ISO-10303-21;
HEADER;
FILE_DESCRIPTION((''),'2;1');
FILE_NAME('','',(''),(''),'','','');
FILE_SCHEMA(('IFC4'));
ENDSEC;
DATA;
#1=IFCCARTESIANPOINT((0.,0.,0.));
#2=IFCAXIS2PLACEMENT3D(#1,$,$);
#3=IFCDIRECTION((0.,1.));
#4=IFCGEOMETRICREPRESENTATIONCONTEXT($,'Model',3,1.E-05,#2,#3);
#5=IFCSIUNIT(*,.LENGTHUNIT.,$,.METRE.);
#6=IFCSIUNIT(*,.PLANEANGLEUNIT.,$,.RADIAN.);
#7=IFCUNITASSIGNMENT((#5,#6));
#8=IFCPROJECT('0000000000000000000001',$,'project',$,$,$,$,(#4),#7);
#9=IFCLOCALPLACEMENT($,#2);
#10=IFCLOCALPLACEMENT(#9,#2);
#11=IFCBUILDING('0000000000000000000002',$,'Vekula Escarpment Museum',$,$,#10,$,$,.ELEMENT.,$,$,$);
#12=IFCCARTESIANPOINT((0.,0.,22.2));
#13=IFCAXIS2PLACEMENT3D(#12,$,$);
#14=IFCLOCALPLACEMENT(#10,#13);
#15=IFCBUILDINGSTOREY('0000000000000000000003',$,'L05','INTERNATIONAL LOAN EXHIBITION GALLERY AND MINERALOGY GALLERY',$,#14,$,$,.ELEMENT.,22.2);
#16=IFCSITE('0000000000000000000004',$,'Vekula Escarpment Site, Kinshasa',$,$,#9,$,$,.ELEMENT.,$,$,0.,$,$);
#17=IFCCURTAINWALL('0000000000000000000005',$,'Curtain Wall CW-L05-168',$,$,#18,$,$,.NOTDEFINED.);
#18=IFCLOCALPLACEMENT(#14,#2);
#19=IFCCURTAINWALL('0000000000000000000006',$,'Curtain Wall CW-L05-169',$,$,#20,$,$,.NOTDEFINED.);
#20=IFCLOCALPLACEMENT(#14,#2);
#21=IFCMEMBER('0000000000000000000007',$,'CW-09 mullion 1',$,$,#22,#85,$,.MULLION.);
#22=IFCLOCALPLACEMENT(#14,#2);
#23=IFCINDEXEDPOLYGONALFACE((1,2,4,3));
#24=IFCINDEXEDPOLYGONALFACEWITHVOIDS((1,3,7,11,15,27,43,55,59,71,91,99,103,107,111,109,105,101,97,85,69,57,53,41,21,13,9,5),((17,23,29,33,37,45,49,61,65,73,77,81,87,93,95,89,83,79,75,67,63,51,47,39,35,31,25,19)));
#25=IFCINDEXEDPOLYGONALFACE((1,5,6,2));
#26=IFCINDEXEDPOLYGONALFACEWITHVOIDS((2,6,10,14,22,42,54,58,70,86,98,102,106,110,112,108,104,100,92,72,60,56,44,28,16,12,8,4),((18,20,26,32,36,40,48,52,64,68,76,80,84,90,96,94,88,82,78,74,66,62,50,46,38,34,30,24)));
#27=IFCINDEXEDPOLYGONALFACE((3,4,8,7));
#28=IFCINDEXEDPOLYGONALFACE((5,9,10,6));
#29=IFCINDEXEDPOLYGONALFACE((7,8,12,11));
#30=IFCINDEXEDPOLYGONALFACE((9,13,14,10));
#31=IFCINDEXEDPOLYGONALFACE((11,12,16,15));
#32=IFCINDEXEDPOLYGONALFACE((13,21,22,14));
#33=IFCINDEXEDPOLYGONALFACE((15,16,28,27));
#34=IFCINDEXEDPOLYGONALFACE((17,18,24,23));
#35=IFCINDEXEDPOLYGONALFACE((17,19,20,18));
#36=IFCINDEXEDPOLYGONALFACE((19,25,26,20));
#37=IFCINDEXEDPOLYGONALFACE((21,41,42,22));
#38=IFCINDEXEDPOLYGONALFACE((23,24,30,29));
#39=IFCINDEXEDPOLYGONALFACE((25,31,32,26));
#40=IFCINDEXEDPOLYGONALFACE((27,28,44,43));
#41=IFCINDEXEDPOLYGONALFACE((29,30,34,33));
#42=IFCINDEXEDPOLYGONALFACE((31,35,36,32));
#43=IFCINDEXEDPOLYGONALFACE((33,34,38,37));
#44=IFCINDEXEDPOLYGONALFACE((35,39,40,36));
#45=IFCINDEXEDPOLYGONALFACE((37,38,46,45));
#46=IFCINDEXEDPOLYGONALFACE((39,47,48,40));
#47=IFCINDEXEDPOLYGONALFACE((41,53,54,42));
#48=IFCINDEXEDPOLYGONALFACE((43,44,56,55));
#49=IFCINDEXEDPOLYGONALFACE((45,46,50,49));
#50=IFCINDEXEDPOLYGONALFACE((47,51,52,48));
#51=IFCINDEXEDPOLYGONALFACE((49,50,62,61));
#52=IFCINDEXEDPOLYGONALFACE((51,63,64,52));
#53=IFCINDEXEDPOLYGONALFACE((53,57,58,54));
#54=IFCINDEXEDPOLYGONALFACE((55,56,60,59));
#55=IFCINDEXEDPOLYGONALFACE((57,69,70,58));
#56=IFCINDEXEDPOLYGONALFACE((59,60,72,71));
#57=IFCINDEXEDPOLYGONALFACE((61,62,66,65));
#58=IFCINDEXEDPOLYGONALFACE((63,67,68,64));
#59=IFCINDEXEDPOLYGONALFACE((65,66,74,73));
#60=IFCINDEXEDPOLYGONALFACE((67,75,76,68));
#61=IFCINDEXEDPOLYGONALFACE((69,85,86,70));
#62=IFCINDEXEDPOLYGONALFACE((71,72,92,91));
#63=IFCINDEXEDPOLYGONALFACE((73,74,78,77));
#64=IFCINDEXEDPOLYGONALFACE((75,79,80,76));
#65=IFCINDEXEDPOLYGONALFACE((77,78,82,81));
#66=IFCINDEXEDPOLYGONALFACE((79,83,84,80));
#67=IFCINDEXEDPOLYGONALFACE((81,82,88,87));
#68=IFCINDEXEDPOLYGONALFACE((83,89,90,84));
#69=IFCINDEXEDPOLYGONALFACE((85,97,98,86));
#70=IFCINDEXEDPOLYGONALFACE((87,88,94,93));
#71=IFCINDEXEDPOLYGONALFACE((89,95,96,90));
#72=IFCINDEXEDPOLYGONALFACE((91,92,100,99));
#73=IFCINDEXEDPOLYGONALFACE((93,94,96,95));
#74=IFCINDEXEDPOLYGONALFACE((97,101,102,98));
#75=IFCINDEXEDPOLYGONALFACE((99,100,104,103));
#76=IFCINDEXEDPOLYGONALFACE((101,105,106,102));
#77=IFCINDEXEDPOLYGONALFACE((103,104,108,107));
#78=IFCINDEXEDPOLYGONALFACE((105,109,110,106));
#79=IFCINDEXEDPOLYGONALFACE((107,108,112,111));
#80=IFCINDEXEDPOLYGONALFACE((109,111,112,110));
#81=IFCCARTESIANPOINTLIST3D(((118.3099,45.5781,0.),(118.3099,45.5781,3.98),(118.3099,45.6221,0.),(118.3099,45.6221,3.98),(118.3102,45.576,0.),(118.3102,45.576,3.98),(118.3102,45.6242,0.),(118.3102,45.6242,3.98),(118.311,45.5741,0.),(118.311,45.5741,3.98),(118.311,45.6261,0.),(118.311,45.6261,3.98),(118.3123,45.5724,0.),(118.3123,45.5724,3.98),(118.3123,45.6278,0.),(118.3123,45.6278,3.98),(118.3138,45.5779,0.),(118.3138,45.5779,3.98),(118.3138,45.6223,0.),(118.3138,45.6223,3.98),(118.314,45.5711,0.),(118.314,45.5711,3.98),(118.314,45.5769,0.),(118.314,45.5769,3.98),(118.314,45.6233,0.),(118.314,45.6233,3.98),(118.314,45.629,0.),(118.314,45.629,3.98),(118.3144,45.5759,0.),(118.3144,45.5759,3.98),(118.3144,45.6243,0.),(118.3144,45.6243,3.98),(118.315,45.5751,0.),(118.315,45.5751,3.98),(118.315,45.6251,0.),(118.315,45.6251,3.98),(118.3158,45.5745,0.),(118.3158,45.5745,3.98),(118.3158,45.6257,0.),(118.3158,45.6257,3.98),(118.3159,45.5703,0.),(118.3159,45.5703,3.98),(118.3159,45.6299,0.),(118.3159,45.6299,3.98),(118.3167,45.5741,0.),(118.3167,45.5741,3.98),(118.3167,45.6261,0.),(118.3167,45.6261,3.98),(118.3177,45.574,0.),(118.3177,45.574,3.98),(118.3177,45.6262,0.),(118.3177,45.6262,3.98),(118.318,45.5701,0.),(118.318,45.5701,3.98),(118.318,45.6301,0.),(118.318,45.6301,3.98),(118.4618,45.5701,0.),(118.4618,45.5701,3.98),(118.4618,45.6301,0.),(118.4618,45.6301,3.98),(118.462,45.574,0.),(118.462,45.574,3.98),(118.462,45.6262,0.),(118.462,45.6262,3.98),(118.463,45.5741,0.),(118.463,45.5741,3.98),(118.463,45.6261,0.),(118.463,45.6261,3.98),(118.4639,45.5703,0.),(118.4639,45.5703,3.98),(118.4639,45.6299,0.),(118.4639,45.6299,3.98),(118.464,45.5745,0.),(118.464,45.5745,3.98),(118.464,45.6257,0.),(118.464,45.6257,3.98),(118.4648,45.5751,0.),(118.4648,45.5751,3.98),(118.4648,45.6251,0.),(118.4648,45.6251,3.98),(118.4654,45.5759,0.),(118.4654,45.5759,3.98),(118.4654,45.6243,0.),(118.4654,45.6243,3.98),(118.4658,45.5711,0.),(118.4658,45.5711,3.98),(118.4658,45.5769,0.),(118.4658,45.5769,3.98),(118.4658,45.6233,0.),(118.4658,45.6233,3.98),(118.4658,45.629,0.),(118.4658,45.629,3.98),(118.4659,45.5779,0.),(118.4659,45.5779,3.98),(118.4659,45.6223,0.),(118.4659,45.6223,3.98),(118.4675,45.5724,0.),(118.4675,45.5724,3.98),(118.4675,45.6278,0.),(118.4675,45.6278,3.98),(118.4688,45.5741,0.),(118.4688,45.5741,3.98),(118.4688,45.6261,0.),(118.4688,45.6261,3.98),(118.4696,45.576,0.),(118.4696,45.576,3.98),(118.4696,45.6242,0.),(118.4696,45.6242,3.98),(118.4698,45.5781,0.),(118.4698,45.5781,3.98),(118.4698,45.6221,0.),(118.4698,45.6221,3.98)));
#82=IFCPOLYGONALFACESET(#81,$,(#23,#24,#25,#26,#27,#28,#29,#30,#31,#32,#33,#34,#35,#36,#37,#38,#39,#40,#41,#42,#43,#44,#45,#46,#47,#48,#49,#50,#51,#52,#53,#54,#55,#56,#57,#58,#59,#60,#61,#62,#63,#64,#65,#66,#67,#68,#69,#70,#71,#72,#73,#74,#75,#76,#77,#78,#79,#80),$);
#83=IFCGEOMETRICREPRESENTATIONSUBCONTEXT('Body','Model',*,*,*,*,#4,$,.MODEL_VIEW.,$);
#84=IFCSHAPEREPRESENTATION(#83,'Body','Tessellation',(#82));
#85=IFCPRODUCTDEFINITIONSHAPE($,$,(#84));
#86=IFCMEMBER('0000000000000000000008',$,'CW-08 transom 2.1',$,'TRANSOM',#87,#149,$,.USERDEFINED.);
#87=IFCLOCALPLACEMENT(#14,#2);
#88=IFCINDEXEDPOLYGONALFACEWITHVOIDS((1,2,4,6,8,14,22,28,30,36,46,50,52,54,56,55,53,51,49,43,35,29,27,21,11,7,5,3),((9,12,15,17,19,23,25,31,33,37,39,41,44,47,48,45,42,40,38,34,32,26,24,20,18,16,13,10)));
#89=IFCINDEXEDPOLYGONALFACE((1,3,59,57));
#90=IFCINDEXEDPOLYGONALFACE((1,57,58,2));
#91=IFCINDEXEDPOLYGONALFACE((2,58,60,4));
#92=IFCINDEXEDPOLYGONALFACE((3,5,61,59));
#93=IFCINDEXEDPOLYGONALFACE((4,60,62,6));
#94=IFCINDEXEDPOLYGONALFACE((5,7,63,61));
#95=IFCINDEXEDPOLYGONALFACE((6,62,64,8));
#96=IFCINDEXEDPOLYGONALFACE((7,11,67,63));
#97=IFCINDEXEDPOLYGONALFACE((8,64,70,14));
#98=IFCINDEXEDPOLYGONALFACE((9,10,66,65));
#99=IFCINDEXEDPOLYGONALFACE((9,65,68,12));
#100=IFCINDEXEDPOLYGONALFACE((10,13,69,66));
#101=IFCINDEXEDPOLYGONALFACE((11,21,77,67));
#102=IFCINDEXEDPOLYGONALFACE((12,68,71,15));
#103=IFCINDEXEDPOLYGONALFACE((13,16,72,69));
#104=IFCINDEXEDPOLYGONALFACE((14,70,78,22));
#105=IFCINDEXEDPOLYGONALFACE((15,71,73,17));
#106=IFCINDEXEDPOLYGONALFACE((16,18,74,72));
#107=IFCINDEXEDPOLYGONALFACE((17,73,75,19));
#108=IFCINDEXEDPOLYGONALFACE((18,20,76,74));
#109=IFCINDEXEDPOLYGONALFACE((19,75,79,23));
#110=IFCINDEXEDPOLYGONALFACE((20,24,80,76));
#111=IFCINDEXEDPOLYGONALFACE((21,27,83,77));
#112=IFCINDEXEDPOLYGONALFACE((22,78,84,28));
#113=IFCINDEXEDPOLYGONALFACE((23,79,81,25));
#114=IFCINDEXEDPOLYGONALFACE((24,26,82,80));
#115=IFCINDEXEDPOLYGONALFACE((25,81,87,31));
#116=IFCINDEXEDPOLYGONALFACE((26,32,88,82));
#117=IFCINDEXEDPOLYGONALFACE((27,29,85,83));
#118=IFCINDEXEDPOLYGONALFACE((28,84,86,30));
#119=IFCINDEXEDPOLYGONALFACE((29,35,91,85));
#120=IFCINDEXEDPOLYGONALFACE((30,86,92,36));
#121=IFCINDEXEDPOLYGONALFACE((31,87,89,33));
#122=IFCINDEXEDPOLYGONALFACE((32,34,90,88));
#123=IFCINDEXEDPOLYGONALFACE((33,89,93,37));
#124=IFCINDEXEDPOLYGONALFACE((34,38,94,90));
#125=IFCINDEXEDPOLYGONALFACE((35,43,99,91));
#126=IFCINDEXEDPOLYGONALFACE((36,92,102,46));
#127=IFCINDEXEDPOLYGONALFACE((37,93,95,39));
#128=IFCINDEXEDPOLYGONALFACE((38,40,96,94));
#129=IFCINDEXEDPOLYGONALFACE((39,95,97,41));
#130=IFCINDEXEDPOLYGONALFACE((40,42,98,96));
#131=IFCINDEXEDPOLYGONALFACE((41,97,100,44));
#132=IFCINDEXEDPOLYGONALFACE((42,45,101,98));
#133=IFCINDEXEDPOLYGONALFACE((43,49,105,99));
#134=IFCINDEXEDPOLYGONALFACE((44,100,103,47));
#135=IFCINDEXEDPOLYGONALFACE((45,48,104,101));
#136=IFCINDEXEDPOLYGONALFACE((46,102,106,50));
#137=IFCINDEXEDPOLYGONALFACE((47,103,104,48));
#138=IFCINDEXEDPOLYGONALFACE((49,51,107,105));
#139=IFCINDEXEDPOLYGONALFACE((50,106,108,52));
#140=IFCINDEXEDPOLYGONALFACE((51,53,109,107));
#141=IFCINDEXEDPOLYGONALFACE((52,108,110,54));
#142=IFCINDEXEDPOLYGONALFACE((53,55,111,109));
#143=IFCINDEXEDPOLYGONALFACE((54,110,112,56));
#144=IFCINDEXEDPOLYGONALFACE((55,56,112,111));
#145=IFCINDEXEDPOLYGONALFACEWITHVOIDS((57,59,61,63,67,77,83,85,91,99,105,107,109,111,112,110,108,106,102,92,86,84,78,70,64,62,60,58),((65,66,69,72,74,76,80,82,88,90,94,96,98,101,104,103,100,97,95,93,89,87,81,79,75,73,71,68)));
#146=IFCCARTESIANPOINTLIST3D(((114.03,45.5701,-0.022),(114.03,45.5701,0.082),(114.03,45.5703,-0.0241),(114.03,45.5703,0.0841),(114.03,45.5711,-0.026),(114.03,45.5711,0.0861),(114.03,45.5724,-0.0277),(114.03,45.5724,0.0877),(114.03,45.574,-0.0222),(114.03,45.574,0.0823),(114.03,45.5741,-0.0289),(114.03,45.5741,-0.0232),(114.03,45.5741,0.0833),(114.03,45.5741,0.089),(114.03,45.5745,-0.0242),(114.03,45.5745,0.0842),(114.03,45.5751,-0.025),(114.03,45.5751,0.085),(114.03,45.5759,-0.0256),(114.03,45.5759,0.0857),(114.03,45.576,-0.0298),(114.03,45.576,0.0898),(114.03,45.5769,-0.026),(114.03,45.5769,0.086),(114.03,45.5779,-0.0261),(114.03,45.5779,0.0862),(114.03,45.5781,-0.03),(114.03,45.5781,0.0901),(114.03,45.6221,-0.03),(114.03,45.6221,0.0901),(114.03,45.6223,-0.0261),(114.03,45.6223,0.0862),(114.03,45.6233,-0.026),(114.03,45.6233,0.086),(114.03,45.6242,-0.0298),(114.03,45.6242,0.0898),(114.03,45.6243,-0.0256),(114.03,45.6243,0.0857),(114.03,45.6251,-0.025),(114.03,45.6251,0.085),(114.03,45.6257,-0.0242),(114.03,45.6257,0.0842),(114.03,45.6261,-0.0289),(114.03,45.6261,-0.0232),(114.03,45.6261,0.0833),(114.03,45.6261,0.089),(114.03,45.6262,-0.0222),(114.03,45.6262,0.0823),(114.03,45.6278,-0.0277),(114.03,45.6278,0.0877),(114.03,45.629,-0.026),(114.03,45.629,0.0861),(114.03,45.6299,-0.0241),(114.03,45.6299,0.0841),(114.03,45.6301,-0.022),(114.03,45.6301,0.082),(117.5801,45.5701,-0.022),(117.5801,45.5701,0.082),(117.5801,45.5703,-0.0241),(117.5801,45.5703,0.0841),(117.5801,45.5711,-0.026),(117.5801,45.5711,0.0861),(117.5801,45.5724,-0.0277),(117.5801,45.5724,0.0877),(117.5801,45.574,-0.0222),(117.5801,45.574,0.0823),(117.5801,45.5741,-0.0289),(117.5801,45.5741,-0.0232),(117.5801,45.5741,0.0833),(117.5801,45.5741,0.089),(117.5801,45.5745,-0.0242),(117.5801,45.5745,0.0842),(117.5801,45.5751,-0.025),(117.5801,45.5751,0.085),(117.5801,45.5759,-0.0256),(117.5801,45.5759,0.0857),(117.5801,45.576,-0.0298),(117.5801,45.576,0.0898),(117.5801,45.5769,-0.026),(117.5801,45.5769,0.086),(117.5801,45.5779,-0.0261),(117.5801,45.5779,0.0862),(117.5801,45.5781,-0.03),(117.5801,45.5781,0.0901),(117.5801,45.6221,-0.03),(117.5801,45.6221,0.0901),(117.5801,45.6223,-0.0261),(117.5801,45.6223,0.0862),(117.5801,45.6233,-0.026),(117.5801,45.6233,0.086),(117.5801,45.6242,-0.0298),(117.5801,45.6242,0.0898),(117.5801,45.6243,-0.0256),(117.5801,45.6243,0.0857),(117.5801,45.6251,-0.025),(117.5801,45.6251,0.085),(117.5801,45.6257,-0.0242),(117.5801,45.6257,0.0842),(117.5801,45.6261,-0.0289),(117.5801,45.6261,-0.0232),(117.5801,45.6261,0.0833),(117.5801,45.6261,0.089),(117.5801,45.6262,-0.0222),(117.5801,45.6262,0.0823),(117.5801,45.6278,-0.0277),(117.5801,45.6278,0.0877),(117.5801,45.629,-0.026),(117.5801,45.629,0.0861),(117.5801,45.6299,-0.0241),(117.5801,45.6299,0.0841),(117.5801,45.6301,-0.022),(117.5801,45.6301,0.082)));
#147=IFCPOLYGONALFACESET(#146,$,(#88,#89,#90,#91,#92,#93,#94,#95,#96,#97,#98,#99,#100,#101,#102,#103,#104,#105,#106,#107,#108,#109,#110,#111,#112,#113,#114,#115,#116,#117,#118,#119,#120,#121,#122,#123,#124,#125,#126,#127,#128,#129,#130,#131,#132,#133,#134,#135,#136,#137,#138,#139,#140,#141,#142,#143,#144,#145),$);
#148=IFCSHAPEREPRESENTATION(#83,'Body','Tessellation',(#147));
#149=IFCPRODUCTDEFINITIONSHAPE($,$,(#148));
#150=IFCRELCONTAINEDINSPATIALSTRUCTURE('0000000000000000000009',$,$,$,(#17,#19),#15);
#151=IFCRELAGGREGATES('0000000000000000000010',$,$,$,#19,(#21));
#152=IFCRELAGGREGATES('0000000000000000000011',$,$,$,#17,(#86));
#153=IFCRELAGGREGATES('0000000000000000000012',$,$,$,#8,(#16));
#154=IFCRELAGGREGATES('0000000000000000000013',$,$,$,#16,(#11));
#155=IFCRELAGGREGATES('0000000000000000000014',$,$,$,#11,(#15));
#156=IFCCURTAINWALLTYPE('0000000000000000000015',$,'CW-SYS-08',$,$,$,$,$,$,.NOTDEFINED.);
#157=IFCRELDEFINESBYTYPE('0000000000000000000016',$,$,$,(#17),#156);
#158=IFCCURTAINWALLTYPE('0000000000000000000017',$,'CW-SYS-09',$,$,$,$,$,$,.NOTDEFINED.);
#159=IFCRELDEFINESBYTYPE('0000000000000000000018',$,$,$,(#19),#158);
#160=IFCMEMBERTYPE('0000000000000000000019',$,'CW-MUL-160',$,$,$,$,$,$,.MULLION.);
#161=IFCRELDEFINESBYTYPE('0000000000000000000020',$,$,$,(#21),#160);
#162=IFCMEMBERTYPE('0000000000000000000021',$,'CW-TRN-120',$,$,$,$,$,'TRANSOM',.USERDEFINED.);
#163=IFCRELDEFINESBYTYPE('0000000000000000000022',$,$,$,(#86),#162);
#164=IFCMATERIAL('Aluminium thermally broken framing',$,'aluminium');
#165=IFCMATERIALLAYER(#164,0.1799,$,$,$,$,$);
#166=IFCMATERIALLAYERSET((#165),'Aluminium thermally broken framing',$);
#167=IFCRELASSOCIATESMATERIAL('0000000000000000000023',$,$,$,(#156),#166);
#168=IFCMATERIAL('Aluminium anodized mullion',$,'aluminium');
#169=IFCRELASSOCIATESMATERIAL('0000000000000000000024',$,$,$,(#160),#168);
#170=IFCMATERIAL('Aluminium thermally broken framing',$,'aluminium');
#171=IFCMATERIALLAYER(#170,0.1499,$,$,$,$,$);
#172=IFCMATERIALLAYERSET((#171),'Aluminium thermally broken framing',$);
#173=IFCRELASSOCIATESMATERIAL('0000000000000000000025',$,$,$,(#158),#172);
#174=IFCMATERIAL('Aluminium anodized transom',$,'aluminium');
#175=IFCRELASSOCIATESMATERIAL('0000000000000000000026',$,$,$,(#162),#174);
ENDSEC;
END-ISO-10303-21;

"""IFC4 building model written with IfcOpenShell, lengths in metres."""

from ifc_helpers import new_model, si_unit, direction, frame, origin, origin_2d, place, context, subcontext, project, spatial, hollow_rectangle, extrude, material, layer, layer_set, material_profile, profile_set, type_object, element, aggregate, save


model = new_model("IFC4")

# Units and contexts
model_context = context("Model", 3, precision=1e-05, world=origin(), true_north=direction((0.0, 1.0)))
body_context = subcontext(model_context, "Body", "Model", "MODEL_VIEW")
ifc_project = project(units=[si_unit("LENGTHUNIT", "METRE"), si_unit("PLANEANGLEUNIT", "RADIAN")], contexts=[model_context])

# Site, building, storey
site_placement = place(None, origin())
site = spatial("IfcSite", under=ifc_project, at=site_placement, Name="Vekula Escarpment Site, Kinshasa", CompositionType="ELEMENT", RefElevation=0.0)
building_placement = place(site_placement, origin())
building = spatial("IfcBuilding", under=site, at=building_placement, Name="Vekula Escarpment Museum", CompositionType="ELEMENT")
storey_placement = place(building_placement, frame((0.0, 0.0, 22.2)))
storey = spatial("IfcBuildingStorey", under=building, at=storey_placement, Name="L05", Description="INTERNATIONAL LOAN EXHIBITION GALLERY AND MINERALOGY GALLERY", CompositionType="ELEMENT", Elevation=22.2)

# Curtain wall
ifc_material_1 = material(Name="Aluminium thermally broken framing", Category="aluminium")
ifc_layer_1 = layer(ifc_material_1, 0.1799)
ifc_layer_set_1 = layer_set([ifc_layer_1], Name="Aluminium thermally broken framing")
curtain_wall_type_1 = type_object("IfcCurtainWallType", Name="CW-SYS-08", PredefinedType="NOTDEFINED", material=ifc_layer_set_1)
curtain_wall_1_placement = place(storey_placement, origin())
curtain_wall_1 = element("IfcCurtainWall", 1, at=curtain_wall_1_placement, inside=storey, type_object=curtain_wall_type_1, Name="Curtain Wall CW-L05-168", PredefinedType="NOTDEFINED")
ifc_material_2 = material(Name="Aluminium anodized mullion", Category="aluminium")
ifc_material_profile_1 = material_profile(ifc_material_2, hollow_rectangle(XDim=0.0601, YDim=0.1599, WallThickness=0.0039, InnerFilletRadius=0.0039, OuterFilletRadius=0.0081, at=origin_2d()), Name="ALU 160x60x4")
ifc_profile_set_1 = profile_set([ifc_material_profile_1], Name="Aluminium anodized mullion")
member_type_1 = type_object("IfcMemberType", Name="CW-MUL-160", PredefinedType="MULLION", material=ifc_profile_set_1)

# Curtain wall, member
ifc_material_3 = material(Name="Aluminium thermally broken framing", Category="aluminium")
ifc_layer_2 = layer(ifc_material_3, 0.1499)
ifc_layer_set_2 = layer_set([ifc_layer_2], Name="Aluminium thermally broken framing")
curtain_wall_type_2 = type_object("IfcCurtainWallType", Name="CW-SYS-09", PredefinedType="NOTDEFINED", material=ifc_layer_set_2)
curtain_wall_2_placement = place(storey_placement, origin())
curtain_wall_2 = element("IfcCurtainWall", 2, at=curtain_wall_2_placement, inside=storey, type_object=curtain_wall_type_2, Name="Curtain Wall CW-L05-169", PredefinedType="NOTDEFINED")
member_1_placement = place(storey_placement, frame((118.3899, 45.6001, 0.0), z_axis=(0.0, 0.0, 1.0), x_axis=(0.0, 1.0, 0.0)))
member_1 = element("IfcMember", 3, at=member_1_placement, type_object=member_type_1, Name="CW-09 mullion 1", PredefinedType="MULLION", context=body_context, shape_type="SweptSolid", body=[
    extrude(hollow_rectangle(XDim=0.0601, YDim=0.1599, WallThickness=0.0039, InnerFilletRadius=0.0039, OuterFilletRadius=0.0081, at=origin_2d()), origin(), (0.0, 0.0, 1.0), 3.98),
])

# Member
ifc_material_4 = material(Name="Aluminium anodized transom", Category="aluminium")
ifc_material_profile_2 = material_profile(ifc_material_4, hollow_rectangle(XDim=0.0601, YDim=0.1201, WallThickness=0.0039, InnerFilletRadius=0.0039, OuterFilletRadius=0.0081, at=origin_2d()), Name="ALU 120x60x4")
ifc_profile_set_2 = profile_set([ifc_material_profile_2], Name="Aluminium anodized transom")
member_type_2 = type_object("IfcMemberType", Name="CW-TRN-120", ElementType="TRANSOM", PredefinedType="USERDEFINED", material=ifc_profile_set_2)
member_2_placement = place(storey_placement, frame((114.03, 45.6001, 0.03), z_axis=(1.0, 0.0, 0.0), x_axis=(0.0, 1.0, 0.0)))
member_2 = element("IfcMember", 4, at=member_2_placement, type_object=member_type_2, Name="CW-08 transom 2.1", ObjectType="TRANSOM", PredefinedType="USERDEFINED", context=body_context, shape_type="SweptSolid", body=[
    extrude(hollow_rectangle(XDim=0.0601, YDim=0.1201, WallThickness=0.0039, InnerFilletRadius=0.0039, OuterFilletRadius=0.0081, at=origin_2d()), origin(), (0.0, 0.0, 1.0), 3.55),
])
aggregate(curtain_wall_2, [member_1])

aggregate(curtain_wall_1, [member_2])

save(model, "model.ifc")
